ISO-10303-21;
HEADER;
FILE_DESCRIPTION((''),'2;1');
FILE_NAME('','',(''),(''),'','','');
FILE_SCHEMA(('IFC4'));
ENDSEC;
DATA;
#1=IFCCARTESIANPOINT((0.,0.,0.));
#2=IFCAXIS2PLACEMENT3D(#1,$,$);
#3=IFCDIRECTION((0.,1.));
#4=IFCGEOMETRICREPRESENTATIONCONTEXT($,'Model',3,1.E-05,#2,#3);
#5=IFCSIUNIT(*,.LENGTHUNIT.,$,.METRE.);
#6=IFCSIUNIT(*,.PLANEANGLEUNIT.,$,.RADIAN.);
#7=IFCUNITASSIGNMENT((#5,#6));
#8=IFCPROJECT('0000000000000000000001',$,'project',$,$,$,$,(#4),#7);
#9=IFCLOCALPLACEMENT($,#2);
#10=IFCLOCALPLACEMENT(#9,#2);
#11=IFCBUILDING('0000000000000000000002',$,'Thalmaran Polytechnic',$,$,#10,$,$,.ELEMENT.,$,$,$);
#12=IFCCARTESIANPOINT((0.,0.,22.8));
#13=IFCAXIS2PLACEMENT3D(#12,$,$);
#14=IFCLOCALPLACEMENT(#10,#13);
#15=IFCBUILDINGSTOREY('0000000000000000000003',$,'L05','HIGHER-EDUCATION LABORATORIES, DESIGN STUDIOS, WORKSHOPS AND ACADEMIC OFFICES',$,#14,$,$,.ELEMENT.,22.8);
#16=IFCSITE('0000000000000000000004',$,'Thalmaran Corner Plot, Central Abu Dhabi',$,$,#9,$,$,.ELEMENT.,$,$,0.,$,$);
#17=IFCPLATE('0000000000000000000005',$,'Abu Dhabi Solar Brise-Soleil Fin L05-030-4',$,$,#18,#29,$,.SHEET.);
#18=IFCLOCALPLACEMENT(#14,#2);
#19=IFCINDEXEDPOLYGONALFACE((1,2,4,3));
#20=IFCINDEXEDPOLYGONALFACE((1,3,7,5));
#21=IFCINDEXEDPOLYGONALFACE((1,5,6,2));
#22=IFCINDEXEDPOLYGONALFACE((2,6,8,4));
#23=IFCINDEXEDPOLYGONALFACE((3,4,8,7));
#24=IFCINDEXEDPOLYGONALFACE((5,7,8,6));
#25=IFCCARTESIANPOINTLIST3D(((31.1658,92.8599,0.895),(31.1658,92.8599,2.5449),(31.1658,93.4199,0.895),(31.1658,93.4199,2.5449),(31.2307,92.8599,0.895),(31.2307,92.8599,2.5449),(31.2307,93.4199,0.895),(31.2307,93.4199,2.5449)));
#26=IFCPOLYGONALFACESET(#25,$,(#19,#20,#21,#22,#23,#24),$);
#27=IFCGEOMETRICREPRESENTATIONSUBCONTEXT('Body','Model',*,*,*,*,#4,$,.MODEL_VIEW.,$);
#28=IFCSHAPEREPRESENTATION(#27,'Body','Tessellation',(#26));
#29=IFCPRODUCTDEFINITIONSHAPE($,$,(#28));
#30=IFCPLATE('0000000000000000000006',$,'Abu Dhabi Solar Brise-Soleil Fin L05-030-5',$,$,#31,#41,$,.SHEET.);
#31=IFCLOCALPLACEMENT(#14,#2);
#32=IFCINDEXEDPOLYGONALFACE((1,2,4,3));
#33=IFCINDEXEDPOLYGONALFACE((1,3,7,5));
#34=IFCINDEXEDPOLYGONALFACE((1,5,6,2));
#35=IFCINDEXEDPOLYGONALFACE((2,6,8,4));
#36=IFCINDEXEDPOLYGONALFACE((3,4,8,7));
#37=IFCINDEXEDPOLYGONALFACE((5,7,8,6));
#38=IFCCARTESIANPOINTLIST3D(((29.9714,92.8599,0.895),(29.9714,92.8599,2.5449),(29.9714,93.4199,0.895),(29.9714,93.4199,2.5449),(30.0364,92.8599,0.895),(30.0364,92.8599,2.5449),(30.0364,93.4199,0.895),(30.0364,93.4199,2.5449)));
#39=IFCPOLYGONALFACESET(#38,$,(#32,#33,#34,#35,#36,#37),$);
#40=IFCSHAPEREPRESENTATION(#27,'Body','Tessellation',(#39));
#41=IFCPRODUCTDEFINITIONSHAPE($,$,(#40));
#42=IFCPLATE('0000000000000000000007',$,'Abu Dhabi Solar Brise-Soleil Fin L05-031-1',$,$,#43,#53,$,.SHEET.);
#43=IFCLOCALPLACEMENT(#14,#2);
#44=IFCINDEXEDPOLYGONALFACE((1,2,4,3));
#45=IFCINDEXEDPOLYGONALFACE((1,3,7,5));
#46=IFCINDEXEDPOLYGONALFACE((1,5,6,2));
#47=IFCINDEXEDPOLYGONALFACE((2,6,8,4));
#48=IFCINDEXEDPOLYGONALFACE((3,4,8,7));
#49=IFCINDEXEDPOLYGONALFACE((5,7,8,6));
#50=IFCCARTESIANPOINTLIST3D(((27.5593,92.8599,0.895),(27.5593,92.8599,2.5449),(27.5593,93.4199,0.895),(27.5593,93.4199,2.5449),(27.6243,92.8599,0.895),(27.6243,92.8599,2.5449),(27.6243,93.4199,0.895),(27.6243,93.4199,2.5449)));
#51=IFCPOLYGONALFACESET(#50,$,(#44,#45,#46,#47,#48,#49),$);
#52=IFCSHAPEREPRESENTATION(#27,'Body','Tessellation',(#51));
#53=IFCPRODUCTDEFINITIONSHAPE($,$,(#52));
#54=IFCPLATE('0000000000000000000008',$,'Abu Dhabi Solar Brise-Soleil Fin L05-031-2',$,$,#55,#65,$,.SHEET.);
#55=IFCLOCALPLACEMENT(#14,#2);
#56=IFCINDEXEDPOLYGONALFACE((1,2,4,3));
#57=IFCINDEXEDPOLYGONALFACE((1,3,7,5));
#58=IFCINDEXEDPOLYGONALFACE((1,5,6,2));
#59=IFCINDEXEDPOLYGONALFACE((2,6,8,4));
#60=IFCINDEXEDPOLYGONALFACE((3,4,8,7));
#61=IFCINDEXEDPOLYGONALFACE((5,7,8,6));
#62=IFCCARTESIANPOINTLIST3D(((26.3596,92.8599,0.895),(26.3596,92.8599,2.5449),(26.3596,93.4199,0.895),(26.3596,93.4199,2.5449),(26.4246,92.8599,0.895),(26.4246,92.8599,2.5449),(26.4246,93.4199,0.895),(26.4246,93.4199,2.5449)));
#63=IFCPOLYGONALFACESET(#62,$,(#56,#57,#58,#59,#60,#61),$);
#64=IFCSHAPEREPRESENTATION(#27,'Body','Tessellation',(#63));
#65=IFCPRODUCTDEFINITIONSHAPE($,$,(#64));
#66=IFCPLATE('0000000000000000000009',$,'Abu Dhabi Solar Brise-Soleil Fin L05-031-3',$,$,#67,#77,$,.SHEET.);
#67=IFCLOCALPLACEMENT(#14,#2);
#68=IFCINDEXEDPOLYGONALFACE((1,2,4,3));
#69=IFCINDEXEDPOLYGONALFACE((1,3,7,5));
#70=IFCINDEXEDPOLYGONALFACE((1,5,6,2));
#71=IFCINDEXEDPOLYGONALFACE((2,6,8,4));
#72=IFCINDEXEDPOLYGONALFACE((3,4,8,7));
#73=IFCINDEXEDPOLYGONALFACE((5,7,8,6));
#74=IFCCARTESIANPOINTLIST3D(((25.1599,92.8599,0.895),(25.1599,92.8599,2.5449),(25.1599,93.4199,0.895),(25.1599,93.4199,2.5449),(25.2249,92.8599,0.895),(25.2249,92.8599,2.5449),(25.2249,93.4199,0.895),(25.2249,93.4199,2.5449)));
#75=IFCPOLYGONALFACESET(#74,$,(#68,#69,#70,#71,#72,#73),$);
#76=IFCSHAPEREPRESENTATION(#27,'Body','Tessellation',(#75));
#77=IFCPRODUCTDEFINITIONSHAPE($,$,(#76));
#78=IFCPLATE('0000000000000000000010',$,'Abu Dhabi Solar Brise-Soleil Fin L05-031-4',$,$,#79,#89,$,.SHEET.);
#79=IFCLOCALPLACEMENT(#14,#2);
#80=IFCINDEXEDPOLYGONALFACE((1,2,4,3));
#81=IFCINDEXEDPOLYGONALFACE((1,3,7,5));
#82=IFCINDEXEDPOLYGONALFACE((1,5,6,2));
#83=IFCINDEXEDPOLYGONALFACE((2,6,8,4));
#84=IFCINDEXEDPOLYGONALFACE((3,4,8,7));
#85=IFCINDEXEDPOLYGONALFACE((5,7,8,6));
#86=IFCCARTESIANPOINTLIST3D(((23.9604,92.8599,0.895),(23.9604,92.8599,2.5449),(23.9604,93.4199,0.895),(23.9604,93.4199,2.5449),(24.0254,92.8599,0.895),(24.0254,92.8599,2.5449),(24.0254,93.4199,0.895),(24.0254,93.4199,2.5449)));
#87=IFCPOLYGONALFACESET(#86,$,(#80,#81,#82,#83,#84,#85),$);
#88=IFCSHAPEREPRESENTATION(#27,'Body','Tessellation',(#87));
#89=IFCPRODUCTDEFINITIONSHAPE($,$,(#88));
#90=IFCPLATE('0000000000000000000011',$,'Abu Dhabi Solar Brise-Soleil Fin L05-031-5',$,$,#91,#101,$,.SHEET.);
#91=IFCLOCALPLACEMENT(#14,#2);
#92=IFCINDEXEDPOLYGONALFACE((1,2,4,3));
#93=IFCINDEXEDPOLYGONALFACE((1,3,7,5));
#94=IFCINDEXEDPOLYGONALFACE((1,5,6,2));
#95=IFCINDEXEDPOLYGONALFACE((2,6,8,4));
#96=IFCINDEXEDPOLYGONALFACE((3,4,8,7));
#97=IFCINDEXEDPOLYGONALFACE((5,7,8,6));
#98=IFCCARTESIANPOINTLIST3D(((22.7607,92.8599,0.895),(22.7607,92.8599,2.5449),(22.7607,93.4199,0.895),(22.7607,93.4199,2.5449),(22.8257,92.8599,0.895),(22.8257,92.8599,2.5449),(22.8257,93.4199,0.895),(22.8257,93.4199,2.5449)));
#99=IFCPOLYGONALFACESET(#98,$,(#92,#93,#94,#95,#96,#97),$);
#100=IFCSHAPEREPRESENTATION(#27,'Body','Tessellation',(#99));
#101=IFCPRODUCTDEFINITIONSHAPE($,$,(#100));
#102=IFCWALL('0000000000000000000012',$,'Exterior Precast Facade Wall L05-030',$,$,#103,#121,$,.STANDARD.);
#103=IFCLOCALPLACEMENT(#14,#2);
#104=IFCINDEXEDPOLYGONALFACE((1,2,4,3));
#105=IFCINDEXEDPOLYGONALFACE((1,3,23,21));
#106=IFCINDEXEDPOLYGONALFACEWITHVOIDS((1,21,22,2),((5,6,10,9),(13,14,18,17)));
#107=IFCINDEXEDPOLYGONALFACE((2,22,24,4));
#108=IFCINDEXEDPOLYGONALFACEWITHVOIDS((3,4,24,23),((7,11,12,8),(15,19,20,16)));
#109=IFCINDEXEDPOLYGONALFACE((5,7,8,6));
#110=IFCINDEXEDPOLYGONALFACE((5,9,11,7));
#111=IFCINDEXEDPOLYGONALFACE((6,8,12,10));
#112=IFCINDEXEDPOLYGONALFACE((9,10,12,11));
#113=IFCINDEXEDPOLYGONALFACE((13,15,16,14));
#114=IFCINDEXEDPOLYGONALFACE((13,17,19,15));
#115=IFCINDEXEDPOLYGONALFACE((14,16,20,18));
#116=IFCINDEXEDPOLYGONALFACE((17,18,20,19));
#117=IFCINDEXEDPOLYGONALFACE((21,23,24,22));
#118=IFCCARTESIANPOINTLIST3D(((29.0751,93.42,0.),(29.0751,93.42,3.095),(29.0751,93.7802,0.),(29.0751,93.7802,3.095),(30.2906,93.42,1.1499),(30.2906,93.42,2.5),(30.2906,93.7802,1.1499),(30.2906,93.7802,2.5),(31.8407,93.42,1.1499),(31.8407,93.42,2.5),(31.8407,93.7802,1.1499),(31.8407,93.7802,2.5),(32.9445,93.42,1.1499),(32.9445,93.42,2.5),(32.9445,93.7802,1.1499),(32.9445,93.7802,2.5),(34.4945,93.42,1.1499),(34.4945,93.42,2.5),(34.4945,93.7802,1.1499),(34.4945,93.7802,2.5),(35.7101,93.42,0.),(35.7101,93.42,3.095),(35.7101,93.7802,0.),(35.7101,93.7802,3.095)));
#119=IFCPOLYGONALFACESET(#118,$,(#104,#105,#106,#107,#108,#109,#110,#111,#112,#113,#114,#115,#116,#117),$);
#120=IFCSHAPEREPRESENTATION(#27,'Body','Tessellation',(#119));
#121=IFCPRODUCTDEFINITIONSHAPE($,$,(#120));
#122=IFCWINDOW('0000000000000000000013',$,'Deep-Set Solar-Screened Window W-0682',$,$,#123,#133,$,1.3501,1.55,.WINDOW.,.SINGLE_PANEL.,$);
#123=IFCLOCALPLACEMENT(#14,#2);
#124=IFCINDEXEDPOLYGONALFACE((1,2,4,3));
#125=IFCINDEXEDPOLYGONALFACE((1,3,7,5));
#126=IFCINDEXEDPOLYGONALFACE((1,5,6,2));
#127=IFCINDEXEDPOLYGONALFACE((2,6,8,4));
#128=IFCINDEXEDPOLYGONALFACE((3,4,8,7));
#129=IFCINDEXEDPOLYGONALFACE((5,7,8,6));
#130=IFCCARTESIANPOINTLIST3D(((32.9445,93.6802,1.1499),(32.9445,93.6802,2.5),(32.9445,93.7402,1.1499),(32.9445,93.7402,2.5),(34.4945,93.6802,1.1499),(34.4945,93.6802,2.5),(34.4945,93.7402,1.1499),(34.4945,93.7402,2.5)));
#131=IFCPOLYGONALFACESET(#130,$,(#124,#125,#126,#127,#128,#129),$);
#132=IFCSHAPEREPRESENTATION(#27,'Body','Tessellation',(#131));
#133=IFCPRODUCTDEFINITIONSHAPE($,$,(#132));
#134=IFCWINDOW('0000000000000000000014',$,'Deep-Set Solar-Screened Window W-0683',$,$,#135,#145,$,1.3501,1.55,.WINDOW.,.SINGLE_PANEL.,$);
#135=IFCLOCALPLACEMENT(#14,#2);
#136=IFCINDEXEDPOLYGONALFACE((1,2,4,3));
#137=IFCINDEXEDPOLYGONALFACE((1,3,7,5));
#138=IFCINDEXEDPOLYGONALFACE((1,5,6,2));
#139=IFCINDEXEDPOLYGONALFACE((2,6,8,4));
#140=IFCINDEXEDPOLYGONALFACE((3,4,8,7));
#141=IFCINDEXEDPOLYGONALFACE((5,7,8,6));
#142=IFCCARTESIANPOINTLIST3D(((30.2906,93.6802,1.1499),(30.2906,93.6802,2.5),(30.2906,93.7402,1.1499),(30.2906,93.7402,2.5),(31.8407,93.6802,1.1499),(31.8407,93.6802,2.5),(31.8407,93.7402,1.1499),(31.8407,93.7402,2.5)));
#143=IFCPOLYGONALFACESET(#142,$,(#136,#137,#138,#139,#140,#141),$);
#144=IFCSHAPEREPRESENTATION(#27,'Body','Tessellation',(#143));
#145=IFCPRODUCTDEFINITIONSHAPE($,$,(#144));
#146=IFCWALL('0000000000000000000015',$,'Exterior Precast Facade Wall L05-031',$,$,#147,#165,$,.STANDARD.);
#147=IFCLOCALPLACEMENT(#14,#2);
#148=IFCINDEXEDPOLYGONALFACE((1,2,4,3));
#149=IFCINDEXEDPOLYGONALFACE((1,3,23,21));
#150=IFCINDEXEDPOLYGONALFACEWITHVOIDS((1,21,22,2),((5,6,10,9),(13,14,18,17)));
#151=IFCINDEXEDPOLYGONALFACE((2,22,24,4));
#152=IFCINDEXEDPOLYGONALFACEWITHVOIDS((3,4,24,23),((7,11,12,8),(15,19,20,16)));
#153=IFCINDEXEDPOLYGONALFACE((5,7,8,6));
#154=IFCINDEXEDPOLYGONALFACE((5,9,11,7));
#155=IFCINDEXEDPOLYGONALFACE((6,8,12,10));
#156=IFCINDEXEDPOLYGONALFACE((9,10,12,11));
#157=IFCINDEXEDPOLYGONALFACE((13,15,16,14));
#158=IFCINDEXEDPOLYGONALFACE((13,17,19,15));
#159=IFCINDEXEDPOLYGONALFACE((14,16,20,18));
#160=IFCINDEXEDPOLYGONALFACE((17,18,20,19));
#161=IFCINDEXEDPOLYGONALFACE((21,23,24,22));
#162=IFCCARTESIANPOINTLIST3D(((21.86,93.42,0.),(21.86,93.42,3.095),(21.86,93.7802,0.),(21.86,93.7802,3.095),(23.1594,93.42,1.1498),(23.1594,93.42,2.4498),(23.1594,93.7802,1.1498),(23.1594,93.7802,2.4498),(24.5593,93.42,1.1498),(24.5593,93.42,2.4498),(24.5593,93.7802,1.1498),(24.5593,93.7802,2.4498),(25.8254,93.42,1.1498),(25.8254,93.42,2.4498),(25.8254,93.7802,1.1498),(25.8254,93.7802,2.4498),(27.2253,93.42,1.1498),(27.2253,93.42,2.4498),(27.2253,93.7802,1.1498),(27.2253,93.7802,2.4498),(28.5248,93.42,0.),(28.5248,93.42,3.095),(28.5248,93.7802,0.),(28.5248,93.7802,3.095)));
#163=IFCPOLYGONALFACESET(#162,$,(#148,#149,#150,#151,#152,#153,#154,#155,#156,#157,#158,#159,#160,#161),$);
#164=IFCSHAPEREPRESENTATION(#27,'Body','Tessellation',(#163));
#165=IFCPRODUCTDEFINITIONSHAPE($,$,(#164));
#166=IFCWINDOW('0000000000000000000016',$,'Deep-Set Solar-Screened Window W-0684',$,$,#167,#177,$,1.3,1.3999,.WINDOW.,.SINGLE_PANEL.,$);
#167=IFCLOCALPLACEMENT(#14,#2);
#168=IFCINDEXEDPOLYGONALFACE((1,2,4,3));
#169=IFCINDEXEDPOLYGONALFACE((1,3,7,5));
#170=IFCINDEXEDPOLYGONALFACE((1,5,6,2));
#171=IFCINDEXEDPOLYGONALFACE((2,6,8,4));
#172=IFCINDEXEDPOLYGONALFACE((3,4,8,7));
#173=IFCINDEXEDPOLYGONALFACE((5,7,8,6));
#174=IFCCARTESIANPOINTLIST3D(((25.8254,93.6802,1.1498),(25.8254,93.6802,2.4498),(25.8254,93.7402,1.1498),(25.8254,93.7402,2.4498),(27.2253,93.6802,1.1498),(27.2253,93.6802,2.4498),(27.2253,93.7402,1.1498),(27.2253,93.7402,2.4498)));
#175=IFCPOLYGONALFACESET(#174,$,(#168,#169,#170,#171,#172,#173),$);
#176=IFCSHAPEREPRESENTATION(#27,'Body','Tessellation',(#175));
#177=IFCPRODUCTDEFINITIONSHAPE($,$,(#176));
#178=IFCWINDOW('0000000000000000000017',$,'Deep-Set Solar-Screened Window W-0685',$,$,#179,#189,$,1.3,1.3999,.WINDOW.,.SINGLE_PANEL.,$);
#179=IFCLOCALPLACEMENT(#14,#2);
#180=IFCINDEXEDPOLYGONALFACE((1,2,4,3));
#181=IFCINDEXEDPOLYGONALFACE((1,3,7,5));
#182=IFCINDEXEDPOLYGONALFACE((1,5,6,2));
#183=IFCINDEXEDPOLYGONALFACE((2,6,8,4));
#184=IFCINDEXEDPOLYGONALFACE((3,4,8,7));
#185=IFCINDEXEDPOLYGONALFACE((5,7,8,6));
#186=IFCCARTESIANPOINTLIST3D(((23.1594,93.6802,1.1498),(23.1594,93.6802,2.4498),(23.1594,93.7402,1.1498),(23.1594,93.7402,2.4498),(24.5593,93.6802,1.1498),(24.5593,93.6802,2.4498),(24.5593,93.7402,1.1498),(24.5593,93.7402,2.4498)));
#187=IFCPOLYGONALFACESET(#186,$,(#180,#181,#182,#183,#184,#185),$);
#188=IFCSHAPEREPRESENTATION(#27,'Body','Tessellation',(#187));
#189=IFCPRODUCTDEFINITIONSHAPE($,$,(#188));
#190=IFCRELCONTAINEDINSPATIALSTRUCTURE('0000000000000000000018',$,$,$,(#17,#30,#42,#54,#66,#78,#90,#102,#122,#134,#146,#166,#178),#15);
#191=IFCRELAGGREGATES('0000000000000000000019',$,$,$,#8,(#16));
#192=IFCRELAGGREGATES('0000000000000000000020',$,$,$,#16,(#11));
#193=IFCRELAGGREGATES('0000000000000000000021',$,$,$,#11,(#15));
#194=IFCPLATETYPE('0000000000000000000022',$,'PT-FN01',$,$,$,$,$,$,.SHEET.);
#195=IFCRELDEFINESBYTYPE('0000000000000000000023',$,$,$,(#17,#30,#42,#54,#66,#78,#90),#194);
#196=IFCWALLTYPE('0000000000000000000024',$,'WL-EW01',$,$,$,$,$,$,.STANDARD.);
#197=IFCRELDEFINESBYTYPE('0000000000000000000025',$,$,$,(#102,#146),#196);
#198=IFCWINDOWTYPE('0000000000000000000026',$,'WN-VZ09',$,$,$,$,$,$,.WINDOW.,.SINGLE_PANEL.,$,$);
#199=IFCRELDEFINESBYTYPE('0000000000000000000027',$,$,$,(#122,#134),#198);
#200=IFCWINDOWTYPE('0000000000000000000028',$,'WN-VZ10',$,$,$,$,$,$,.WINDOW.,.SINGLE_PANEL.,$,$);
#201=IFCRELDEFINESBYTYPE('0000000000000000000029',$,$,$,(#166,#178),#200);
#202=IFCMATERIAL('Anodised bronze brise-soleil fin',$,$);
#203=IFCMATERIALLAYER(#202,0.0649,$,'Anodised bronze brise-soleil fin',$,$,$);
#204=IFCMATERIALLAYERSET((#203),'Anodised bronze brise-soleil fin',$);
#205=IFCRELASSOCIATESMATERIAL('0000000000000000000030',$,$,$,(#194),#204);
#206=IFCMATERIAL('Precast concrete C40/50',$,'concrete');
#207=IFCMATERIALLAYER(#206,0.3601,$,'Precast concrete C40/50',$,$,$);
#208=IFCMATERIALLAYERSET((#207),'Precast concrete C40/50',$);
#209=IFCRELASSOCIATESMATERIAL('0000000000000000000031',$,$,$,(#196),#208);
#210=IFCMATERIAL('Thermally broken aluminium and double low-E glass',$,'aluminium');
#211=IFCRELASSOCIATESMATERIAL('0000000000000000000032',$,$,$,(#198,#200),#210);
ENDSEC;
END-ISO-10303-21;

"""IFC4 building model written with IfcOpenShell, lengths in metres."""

from ifc_helpers import new_model, si_unit, direction, frame, frame_2d, origin, origin_2d, place, context, subcontext, project, spatial, rectangle, extrude, material, layer, layer_set, type_object, element, fill, save


model = new_model("IFC4")

# Units and contexts
model_context = context("Model", 3, precision=1e-05, world=origin(), true_north=direction((0.0, 1.0)))
body_context = subcontext(model_context, "Body", "Model", "MODEL_VIEW")
ifc_project = project(units=[si_unit("LENGTHUNIT", "METRE"), si_unit("PLANEANGLEUNIT", "RADIAN")], contexts=[model_context])

# Site, building, storey
site_placement = place(None, origin())
site = spatial("IfcSite", under=ifc_project, at=site_placement, Name="Thalmaran Corner Plot, Central Abu Dhabi", CompositionType="ELEMENT", RefElevation=0.0)
building_placement = place(site_placement, origin())
building = spatial("IfcBuilding", under=site, at=building_placement, Name="Thalmaran Polytechnic", CompositionType="ELEMENT")
storey_placement = place(building_placement, frame((0.0, 0.0, 22.8)))
storey = spatial("IfcBuildingStorey", under=building, at=storey_placement, Name="L05", Description="HIGHER-EDUCATION LABORATORIES, DESIGN STUDIOS, WORKSHOPS AND ACADEMIC OFFICES", CompositionType="ELEMENT", Elevation=22.8)

# Plates
ifc_material_1 = material(Name="Anodised bronze brise-soleil fin")
ifc_layer_1 = layer(ifc_material_1, 0.0649, Name="Anodised bronze brise-soleil fin")
ifc_layer_set_1 = layer_set([ifc_layer_1], Name="Anodised bronze brise-soleil fin")
plate_type_1 = type_object("IfcPlateType", Name="PT-FN01", PredefinedType="SHEET", material=ifc_layer_set_1)
for number, where, z_axis, x_axis, name in (
    (1, (31.1982, 93.1399, 0.895), (0.0, 0.0, 1.0), (-1.0, 0.0, 0.0), "Abu Dhabi Solar Brise-Soleil Fin L05-030-4"),
    (2, (30.0039, 93.1399, 0.895), (0.0, 0.0, 1.0), (-1.0, 0.0, 0.0), "Abu Dhabi Solar Brise-Soleil Fin L05-030-5"),
    (3, (27.5918, 93.1399, 0.895), (0.0, 0.0, 1.0), (-1.0, 0.0, 0.0), "Abu Dhabi Solar Brise-Soleil Fin L05-031-1"),
    (4, (26.3921, 93.1399, 0.895), (0.0, 0.0, 1.0), (-1.0, 0.0, 0.0), "Abu Dhabi Solar Brise-Soleil Fin L05-031-2"),
    (5, (25.1924, 93.1399, 0.895), (0.0, 0.0, 1.0), (-1.0, 0.0, 0.0), "Abu Dhabi Solar Brise-Soleil Fin L05-031-3"),
    (6, (23.9929, 93.1399, 0.895), (0.0, 0.0, 1.0), (-1.0, 0.0, 0.0), "Abu Dhabi Solar Brise-Soleil Fin L05-031-4"),
    (7, (22.7932, 93.1399, 0.895), (0.0, 0.0, 1.0), (-1.0, 0.0, 0.0), "Abu Dhabi Solar Brise-Soleil Fin L05-031-5"),
):
    element("IfcPlate", number, at=place(storey_placement, frame(where, z_axis=z_axis, x_axis=x_axis)), inside=storey, type_object=plate_type_1, Name=name, PredefinedType="SHEET", context=body_context, shape_type="SweptSolid", body=[
        extrude(rectangle(XDim=0.0649, YDim=0.5601, at=origin_2d()), origin(), (0.0, 0.0, 1.0), 1.6499),
    ])

# Walls, openings, windows
ifc_material_2 = material(Name="Precast concrete C40/50", Category="concrete")
ifc_layer_2 = layer(ifc_material_2, 0.3601, Name="Precast concrete C40/50")
ifc_layer_set_2 = layer_set([ifc_layer_2], Name="Precast concrete C40/50")
wall_type = type_object("IfcWallType", Name="WL-EW01", PredefinedType="STANDARD", material=ifc_layer_set_2)
wall_1_placement = place(storey_placement, frame((35.71, 93.6001, 0.0), z_axis=(0.0, 0.0, 1.0), x_axis=(-1.0, 0.0, 0.0)))
wall_1 = element("IfcWall", 8, at=wall_1_placement, inside=storey, type_object=wall_type, Name="Exterior Precast Facade Wall L05-030", PredefinedType="STANDARD", context=body_context, shape_type="SweptSolid", body=[
    extrude(rectangle(XDim=6.635, YDim=0.3601, at=frame_2d((3.3174, 0.0))), origin(), (0.0, 0.0, 1.0), 3.095),
])
opening_1_placement = place(wall_1_placement, frame((1.2156, 0.0, 1.1499)))
opening_1 = element("IfcOpeningElement", 9, at=opening_1_placement, cuts=wall_1, PredefinedType="OPENING", context=body_context, shape_type="SweptSolid", body=[
    extrude(rectangle(XDim=1.55, YDim=1.3501, at=frame_2d((0.7749, 0.675))), frame((0.0, 0.1899, 0.0), z_axis=(0.0, -1.0, 0.0), x_axis=(1.0, 0.0, 0.0)), (0.0, 0.0, 1.0), 0.3801),
])
opening_2_placement = place(wall_1_placement, frame((3.8694, 0.0, 1.1499)))
opening_2 = element("IfcOpeningElement", 10, at=opening_2_placement, cuts=wall_1, PredefinedType="OPENING", context=body_context, shape_type="SweptSolid", body=[
    extrude(rectangle(XDim=1.55, YDim=1.3501, at=frame_2d((0.7749, 0.675))), frame((0.0, 0.1899, 0.0), z_axis=(0.0, -1.0, 0.0), x_axis=(1.0, 0.0, 0.0)), (0.0, 0.0, 1.0), 0.3801),
])
ifc_material_3 = material(Name="Thermally broken aluminium and double low-E glass", Category="aluminium")
window_type_1 = type_object("IfcWindowType", Name="WN-VZ09", PartitioningType="SINGLE_PANEL", PredefinedType="WINDOW", material=ifc_material_3)
window_1_placement = place(opening_1_placement, origin())
window_1 = element("IfcWindow", 11, at=window_1_placement, inside=storey, type_object=window_type_1, Name="Deep-Set Solar-Screened Window W-0682", OverallHeight=1.3501, OverallWidth=1.55, PartitioningType="SINGLE_PANEL", PredefinedType="WINDOW", context=body_context, shape_type="SweptSolid", body=[
    extrude(rectangle(XDim=1.55, YDim=1.3501, at=frame_2d((0.7749, 0.675))), frame((0.0, -0.0801, 0.0), z_axis=(0.0, -1.0, 0.0), x_axis=(1.0, 0.0, 0.0)), (0.0, 0.0, 1.0), 0.0601),
])
fill(opening_1, window_1)
window_2_placement = place(opening_2_placement, origin())
window_2 = element("IfcWindow", 12, at=window_2_placement, inside=storey, type_object=window_type_1, Name="Deep-Set Solar-Screened Window W-0683", OverallHeight=1.3501, OverallWidth=1.55, PartitioningType="SINGLE_PANEL", PredefinedType="WINDOW", context=body_context, shape_type="SweptSolid", body=[
    extrude(rectangle(XDim=1.55, YDim=1.3501, at=frame_2d((0.7749, 0.675))), frame((0.0, -0.0801, 0.0), z_axis=(0.0, -1.0, 0.0), x_axis=(1.0, 0.0, 0.0)), (0.0, 0.0, 1.0), 0.0601),
])
fill(opening_2, window_2)
wall_2_placement = place(storey_placement, frame((28.5249, 93.6001, 0.0), z_axis=(0.0, 0.0, 1.0), x_axis=(-1.0, 0.0, 0.0)))
wall_2 = element("IfcWall", 13, at=wall_2_placement, inside=storey, type_object=wall_type, Name="Exterior Precast Facade Wall L05-031", PredefinedType="STANDARD", context=body_context, shape_type="SweptSolid", body=[
    extrude(rectangle(XDim=6.6648, YDim=0.3601, at=frame_2d((3.3325, 0.0))), origin(), (0.0, 0.0, 1.0), 3.095),
])
opening_3_placement = place(wall_2_placement, frame((1.2996, 0.0, 1.1499)))
opening_3 = element("IfcOpeningElement", 14, at=opening_3_placement, cuts=wall_2, PredefinedType="OPENING", context=body_context, shape_type="SweptSolid", body=[
    extrude(rectangle(XDim=1.3999, YDim=1.3, at=frame_2d((0.7, 0.6499))), frame((0.0, 0.1899, 0.0), z_axis=(0.0, -1.0, 0.0), x_axis=(1.0, 0.0, 0.0)), (0.0, 0.0, 1.0), 0.3801),
])
opening_4_placement = place(wall_2_placement, frame((3.9656, 0.0, 1.1499)))
opening_4 = element("IfcOpeningElement", 15, at=opening_4_placement, cuts=wall_2, PredefinedType="OPENING", context=body_context, shape_type="SweptSolid", body=[
    extrude(rectangle(XDim=1.3999, YDim=1.3, at=frame_2d((0.7, 0.6499))), frame((0.0, 0.1899, 0.0), z_axis=(0.0, -1.0, 0.0), x_axis=(1.0, 0.0, 0.0)), (0.0, 0.0, 1.0), 0.3801),
])
window_type_2 = type_object("IfcWindowType", Name="WN-VZ10", PartitioningType="SINGLE_PANEL", PredefinedType="WINDOW", material=ifc_material_3)
window_3_placement = place(opening_3_placement, origin())
window_3 = element("IfcWindow", 16, at=window_3_placement, inside=storey, type_object=window_type_2, Name="Deep-Set Solar-Screened Window W-0684", OverallHeight=1.3, OverallWidth=1.3999, PartitioningType="SINGLE_PANEL", PredefinedType="WINDOW", context=body_context, shape_type="SweptSolid", body=[
    extrude(rectangle(XDim=1.3999, YDim=1.3, at=frame_2d((0.7, 0.6499))), frame((0.0, -0.0801, 0.0), z_axis=(0.0, -1.0, 0.0), x_axis=(1.0, 0.0, 0.0)), (0.0, 0.0, 1.0), 0.0601),
])
fill(opening_3, window_3)
window_4_placement = place(opening_4_placement, origin())
window_4 = element("IfcWindow", 17, at=window_4_placement, inside=storey, type_object=window_type_2, Name="Deep-Set Solar-Screened Window W-0685", OverallHeight=1.3, OverallWidth=1.3999, PartitioningType="SINGLE_PANEL", PredefinedType="WINDOW", context=body_context, shape_type="SweptSolid", body=[
    extrude(rectangle(XDim=1.3999, YDim=1.3, at=frame_2d((0.7, 0.6499))), frame((0.0, -0.0801, 0.0), z_axis=(0.0, -1.0, 0.0), x_axis=(1.0, 0.0, 0.0)), (0.0, 0.0, 1.0), 0.0601),
])
fill(opening_4, window_4)

save(model, "model.ifc")
